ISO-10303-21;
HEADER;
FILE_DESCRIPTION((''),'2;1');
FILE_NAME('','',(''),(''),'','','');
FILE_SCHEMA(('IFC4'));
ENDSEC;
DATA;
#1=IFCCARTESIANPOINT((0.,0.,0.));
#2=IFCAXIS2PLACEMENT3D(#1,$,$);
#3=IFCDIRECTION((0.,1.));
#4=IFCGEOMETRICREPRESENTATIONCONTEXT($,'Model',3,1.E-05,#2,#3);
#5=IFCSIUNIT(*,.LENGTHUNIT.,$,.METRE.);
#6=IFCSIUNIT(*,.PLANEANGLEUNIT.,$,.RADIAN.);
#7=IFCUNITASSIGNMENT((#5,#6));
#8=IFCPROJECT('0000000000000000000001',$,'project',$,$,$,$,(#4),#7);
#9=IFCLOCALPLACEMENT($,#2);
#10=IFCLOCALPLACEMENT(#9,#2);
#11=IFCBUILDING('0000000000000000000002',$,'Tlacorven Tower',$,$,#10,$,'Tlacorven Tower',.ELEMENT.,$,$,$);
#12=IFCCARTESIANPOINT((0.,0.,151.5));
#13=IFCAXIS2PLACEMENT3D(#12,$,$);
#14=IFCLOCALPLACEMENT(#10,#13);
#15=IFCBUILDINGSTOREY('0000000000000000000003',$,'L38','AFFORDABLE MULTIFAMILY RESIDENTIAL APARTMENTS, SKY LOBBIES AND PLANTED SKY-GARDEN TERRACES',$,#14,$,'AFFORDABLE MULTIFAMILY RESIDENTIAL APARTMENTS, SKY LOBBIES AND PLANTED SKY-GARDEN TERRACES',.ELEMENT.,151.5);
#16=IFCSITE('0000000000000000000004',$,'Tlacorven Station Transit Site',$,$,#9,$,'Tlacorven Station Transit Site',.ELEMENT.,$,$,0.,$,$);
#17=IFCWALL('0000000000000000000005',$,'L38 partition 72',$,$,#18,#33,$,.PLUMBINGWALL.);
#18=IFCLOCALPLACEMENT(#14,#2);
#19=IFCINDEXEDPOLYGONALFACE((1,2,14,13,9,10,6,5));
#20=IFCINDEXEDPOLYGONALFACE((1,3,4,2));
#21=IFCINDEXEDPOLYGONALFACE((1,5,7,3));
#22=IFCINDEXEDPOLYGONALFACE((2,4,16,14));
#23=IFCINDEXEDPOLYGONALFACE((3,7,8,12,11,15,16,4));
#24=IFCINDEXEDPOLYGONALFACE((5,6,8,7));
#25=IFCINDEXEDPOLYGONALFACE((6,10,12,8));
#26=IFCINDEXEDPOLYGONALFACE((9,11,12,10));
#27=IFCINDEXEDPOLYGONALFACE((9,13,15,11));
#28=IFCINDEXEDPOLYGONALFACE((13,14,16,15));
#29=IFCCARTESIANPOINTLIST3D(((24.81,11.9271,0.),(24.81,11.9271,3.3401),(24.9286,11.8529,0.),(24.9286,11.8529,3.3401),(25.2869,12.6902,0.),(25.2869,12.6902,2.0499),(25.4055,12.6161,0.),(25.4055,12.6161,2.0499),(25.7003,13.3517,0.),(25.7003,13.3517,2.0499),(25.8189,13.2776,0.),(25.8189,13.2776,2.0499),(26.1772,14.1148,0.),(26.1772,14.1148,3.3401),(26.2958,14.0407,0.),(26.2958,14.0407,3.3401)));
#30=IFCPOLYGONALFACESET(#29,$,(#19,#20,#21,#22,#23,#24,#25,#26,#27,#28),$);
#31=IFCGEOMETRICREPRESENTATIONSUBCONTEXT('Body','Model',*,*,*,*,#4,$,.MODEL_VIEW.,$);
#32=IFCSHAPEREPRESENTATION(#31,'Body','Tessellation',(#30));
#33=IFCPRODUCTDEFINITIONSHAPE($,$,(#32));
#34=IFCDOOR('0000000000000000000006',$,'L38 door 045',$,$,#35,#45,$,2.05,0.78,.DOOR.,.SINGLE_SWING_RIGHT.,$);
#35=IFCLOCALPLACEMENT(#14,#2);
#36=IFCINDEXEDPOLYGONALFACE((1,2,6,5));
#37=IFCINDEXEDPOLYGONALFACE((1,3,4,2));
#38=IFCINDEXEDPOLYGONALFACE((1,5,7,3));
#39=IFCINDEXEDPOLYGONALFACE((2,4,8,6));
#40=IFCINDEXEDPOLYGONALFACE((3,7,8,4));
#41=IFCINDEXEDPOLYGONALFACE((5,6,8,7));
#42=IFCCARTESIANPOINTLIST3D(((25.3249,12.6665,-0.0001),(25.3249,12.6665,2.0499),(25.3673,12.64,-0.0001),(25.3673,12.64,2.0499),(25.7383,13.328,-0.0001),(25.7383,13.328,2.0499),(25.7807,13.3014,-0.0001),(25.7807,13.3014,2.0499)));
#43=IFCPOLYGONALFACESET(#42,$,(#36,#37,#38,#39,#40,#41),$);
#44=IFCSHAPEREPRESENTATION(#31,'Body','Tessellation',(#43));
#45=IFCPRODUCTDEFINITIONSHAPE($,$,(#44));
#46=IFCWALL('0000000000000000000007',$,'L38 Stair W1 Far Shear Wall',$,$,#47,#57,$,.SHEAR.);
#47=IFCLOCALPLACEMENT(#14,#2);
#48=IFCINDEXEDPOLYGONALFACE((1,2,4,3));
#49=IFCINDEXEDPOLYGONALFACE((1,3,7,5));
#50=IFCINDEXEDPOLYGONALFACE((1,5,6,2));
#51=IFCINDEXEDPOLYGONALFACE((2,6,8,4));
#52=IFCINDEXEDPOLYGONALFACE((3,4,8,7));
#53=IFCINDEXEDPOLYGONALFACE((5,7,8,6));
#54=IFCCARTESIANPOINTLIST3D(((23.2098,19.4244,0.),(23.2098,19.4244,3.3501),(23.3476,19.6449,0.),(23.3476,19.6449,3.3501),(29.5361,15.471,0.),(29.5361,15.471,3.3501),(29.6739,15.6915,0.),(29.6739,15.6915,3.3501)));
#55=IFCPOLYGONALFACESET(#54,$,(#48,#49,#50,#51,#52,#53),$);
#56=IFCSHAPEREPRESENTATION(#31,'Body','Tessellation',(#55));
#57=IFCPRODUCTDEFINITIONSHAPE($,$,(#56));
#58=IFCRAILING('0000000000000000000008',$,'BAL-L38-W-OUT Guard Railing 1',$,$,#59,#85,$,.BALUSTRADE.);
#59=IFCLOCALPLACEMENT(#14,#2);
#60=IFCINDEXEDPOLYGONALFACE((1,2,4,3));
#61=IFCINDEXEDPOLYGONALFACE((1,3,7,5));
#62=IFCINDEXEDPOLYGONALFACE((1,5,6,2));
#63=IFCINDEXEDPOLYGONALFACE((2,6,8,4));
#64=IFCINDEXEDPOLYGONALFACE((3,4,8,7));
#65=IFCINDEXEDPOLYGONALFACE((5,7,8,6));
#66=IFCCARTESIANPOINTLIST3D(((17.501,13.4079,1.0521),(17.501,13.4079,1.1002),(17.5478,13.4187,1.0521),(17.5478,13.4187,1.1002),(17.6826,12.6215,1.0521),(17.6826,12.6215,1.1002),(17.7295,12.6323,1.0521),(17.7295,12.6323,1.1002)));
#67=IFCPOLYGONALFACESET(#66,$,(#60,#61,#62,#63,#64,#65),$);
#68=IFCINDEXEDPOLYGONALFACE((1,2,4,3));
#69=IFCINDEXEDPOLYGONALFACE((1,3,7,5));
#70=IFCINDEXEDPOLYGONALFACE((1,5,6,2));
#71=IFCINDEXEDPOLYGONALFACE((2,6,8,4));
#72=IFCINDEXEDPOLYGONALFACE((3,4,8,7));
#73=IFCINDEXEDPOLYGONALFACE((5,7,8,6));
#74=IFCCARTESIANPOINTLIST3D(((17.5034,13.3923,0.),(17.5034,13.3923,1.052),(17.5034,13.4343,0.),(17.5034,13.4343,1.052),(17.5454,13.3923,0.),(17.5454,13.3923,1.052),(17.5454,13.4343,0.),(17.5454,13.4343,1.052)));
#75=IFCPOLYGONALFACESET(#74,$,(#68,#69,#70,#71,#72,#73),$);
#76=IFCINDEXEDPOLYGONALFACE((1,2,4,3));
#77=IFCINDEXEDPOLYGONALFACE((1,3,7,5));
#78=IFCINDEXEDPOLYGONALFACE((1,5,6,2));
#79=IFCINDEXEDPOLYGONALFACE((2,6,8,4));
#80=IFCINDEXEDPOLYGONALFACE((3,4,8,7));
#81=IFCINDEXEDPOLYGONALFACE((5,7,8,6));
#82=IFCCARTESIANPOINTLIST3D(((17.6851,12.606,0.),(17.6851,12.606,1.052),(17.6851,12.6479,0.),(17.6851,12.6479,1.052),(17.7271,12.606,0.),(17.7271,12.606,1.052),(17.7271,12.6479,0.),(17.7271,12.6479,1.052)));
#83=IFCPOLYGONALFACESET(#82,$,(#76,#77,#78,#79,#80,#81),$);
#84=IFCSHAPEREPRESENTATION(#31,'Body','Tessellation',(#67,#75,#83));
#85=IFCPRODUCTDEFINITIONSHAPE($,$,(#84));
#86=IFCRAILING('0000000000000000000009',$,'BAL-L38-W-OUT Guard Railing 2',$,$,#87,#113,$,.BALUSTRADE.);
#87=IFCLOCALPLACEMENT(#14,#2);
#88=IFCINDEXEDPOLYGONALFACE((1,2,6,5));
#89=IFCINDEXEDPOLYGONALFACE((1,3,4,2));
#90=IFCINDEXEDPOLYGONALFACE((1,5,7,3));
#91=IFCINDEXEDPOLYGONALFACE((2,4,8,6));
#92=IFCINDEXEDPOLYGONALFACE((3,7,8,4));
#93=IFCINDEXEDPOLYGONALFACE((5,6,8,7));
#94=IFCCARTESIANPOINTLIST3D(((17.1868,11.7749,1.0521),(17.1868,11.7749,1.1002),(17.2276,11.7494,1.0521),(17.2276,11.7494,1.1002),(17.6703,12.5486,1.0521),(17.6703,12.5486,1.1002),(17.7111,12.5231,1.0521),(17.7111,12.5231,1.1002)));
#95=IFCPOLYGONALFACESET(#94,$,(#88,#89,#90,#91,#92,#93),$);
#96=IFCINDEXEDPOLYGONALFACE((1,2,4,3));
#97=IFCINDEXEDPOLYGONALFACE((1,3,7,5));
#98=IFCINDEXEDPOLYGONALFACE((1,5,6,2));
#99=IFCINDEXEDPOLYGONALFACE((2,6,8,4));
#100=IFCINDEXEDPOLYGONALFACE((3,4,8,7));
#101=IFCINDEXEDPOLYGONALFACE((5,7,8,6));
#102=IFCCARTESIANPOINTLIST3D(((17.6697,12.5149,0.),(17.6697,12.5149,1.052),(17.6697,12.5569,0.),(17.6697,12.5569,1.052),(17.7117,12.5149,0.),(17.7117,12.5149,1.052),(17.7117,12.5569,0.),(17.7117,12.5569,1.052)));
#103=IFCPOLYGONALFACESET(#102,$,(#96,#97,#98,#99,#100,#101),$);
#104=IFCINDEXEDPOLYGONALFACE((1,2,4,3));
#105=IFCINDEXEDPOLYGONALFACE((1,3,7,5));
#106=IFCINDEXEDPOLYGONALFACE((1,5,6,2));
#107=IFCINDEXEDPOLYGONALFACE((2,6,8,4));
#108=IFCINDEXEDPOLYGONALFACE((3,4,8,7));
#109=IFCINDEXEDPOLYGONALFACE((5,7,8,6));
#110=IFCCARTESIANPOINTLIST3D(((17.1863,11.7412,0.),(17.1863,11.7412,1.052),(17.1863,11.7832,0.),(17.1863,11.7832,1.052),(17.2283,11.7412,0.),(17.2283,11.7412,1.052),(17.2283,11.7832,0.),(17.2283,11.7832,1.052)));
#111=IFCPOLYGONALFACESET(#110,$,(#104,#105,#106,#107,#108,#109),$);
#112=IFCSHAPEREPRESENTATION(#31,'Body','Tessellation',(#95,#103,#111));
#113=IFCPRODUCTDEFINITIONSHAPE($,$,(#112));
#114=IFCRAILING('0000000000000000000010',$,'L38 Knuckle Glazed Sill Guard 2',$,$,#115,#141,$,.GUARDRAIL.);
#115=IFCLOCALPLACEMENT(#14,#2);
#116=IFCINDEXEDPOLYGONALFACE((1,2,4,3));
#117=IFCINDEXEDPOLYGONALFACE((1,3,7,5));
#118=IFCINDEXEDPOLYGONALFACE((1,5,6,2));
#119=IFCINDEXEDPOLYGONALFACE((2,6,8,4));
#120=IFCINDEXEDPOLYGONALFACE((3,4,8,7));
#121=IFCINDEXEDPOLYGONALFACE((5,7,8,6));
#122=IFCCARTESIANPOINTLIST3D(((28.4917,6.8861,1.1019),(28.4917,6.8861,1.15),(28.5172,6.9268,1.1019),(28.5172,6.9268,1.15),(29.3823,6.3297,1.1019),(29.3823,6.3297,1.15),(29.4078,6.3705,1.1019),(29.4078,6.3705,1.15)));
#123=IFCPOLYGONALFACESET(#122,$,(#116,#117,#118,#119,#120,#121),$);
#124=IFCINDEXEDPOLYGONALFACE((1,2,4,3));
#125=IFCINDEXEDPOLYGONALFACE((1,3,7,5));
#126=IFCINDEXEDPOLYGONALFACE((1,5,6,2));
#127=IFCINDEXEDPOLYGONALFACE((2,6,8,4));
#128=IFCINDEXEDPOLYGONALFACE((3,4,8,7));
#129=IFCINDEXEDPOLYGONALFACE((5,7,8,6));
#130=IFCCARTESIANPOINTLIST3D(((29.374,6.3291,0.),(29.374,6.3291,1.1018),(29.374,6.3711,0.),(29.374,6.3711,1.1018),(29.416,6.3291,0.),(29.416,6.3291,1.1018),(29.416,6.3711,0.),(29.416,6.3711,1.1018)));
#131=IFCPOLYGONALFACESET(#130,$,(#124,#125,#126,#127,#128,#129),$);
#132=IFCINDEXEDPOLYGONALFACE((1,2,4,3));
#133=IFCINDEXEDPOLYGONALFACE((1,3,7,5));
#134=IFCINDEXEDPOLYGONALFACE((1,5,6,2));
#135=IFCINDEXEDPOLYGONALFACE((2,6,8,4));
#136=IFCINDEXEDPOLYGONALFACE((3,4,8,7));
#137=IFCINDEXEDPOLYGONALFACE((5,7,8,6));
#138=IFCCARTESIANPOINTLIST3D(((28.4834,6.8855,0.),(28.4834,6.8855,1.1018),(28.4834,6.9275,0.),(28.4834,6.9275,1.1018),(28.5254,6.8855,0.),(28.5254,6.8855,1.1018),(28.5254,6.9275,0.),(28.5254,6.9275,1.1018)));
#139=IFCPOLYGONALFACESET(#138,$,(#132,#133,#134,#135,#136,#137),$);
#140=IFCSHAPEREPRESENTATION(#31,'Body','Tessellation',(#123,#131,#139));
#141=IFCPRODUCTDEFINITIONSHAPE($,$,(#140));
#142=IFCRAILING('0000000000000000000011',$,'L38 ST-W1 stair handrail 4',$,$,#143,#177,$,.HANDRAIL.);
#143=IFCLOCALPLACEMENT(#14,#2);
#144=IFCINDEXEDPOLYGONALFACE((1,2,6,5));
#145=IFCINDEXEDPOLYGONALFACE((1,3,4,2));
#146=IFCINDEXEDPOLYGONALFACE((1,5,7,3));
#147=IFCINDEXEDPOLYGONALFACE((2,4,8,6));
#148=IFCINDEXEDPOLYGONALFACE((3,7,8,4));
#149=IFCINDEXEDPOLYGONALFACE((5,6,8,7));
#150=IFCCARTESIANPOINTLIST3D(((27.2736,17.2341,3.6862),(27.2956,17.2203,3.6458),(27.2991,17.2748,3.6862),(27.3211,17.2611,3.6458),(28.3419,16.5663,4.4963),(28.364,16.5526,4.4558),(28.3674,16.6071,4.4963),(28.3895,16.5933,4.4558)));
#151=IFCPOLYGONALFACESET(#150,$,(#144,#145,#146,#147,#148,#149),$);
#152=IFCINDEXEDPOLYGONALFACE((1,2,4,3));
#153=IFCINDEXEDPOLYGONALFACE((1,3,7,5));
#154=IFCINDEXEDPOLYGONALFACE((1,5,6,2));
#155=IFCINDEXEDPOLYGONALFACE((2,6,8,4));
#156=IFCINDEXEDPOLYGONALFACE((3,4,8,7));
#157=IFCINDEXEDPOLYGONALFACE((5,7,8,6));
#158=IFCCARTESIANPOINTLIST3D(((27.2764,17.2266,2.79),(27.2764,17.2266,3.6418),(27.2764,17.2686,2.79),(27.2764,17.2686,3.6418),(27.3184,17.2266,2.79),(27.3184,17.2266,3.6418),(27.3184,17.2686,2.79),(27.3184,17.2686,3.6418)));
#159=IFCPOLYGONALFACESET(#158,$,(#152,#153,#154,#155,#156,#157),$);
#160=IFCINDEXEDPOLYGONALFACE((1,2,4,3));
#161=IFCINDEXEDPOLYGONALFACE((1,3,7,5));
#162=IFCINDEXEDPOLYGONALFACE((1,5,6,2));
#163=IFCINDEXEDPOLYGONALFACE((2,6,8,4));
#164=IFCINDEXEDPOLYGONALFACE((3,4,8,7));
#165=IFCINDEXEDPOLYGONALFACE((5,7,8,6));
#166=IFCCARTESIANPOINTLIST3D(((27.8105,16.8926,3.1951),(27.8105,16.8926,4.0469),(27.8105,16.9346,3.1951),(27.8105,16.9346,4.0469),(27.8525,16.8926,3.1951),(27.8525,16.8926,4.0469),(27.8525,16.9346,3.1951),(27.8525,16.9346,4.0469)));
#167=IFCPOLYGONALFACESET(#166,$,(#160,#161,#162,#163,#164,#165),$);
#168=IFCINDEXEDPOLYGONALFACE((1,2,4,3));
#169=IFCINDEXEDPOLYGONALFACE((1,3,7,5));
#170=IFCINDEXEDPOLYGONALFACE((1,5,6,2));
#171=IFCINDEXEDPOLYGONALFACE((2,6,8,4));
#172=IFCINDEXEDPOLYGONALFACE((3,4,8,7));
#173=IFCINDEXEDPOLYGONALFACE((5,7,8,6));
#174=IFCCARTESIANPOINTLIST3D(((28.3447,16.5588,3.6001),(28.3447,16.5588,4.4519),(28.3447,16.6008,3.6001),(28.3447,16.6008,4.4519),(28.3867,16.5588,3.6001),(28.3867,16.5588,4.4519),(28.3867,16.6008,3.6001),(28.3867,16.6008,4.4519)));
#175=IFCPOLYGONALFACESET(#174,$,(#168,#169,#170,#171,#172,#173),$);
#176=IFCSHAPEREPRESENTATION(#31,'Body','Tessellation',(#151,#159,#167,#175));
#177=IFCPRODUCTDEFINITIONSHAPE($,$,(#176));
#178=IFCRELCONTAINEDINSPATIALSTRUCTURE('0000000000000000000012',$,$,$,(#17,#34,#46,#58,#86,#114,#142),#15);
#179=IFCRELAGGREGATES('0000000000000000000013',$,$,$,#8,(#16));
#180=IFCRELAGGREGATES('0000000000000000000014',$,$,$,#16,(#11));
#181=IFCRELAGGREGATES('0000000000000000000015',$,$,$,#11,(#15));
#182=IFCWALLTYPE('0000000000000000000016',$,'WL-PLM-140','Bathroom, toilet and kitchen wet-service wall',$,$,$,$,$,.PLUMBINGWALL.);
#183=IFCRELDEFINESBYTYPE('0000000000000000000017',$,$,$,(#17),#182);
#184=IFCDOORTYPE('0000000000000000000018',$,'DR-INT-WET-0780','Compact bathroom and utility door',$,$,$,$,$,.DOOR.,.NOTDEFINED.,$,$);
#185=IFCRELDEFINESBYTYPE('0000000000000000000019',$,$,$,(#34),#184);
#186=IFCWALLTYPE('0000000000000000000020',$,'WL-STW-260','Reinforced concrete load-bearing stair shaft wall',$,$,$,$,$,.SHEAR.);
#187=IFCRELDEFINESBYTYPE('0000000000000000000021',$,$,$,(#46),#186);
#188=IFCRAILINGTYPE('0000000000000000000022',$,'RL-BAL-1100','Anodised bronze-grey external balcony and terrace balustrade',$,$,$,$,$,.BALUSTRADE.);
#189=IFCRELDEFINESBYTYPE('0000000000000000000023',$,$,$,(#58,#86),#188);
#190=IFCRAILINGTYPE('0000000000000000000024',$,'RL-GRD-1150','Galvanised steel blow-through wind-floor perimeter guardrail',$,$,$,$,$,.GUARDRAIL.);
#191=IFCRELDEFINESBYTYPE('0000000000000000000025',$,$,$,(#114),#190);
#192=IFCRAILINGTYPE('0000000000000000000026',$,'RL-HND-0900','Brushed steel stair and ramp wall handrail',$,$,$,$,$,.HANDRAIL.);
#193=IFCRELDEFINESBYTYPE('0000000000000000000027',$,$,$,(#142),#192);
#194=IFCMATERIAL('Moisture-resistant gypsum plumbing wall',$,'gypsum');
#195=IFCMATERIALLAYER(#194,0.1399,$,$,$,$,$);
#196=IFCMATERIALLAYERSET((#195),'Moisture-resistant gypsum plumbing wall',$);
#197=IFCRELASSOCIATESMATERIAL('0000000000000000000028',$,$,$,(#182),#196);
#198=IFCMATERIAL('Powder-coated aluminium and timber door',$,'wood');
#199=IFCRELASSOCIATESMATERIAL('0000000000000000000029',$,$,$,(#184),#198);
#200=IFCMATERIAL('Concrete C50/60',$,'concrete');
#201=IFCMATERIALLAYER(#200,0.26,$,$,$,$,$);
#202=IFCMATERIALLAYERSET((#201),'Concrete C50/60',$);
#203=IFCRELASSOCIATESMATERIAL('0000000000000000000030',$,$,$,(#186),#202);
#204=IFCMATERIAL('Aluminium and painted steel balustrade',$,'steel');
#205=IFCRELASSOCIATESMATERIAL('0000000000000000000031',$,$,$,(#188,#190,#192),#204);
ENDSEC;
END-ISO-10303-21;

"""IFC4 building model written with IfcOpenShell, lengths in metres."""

from ifc_helpers import new_model, si_unit, direction, frame, frame_2d, origin, origin_2d, place, context, subcontext, project, spatial, rectangle, extrude, source, transform, mapped, material, layer, layer_set, type_object, element, fill, save


model = new_model("IFC4")

# Units and contexts
model_context = context("Model", 3, precision=1e-05, world=origin(), true_north=direction((0.0, 1.0)))
body_context = subcontext(model_context, "Body", "Model", "MODEL_VIEW")
ifc_project = project(units=[si_unit("LENGTHUNIT", "METRE"), si_unit("PLANEANGLEUNIT", "RADIAN")], contexts=[model_context])

# Site, building, storey
site_placement = place(None, origin())
site = spatial("IfcSite", under=ifc_project, at=site_placement, Name="Tlacorven Station Transit Site", LongName="Tlacorven Station Transit Site", CompositionType="ELEMENT", RefElevation=0.0)
building_placement = place(site_placement, origin())
building = spatial("IfcBuilding", under=site, at=building_placement, Name="Tlacorven Tower", LongName="Tlacorven Tower", CompositionType="ELEMENT")
storey_placement = place(building_placement, frame((0.0, 0.0, 151.5)))
storey = spatial("IfcBuildingStorey", under=building, at=storey_placement, Name="L38", Description="AFFORDABLE MULTIFAMILY RESIDENTIAL APARTMENTS, SKY LOBBIES AND PLANTED SKY-GARDEN TERRACES", LongName="AFFORDABLE MULTIFAMILY RESIDENTIAL APARTMENTS, SKY LOBBIES AND PLANTED SKY-GARDEN TERRACES", CompositionType="ELEMENT", Elevation=151.5)

# Shared definitions
ifc_material_1 = material(Name="Powder-coated aluminium and timber door", Category="wood")

# Wall, opening, door
ifc_material_2 = material(Name="Moisture-resistant gypsum plumbing wall", Category="gypsum")
ifc_layer_1 = layer(ifc_material_2, 0.1399)
ifc_layer_set_1 = layer_set([ifc_layer_1], Name="Moisture-resistant gypsum plumbing wall")
wall_type_1 = type_object("IfcWallType", Name="WL-PLM-140", Description="Bathroom, toilet and kitchen wet-service wall", PredefinedType="PLUMBINGWALL", material=ifc_layer_set_1)
wall_1_placement = place(storey_placement, frame((26.2366, 14.0779, 0.0), z_axis=(0.0, 0.0, 1.0), x_axis=(-0.529956, -0.848025, 0.0)))
wall_1 = element("IfcWall", 1, at=wall_1_placement, inside=storey, type_object=wall_type_1, Name="L38 partition 72", PredefinedType="PLUMBINGWALL", context=body_context, shape_type="SweptSolid", body=[
    extrude(rectangle(XDim=2.5798, YDim=0.1399, at=frame_2d((1.29, 0.0))), origin(), (0.0, 0.0, 1.0), 3.3401),
])
opening_1_placement = place(wall_1_placement, frame((0.8999, 0.0, 0.0)))
opening_1 = element("IfcOpeningElement", 2, at=opening_1_placement, cuts=wall_1, PredefinedType="OPENING", context=body_context, shape_type="SweptSolid", body=[
    extrude(rectangle(XDim=0.78, YDim=2.05, at=frame_2d((0.3901, 1.0249))), frame((0.0, 0.0801, 0.0), z_axis=(0.0, -1.0, 0.0), x_axis=(1.0, 0.0, 0.0)), (0.0, 0.0, 1.0), 0.1599),
])
door_type_1 = type_object("IfcDoorType", Name="DR-INT-WET-0780", Description="Compact bathroom and utility door", OperationType="NOTDEFINED", PredefinedType="DOOR", material=ifc_material_1)
shared_shape_1 = source(origin(), body_context, "Body", "SweptSolid", [
    extrude(rectangle(XDim=0.78, YDim=2.05, at=frame_2d((0.3901, 1.0249))), frame((0.0, 0.0249, 0.0), z_axis=(0.0, -1.0, 0.0), x_axis=(1.0, 0.0, 0.0)), (0.0, 0.0, 1.0), 0.05),
])
door_1_placement = place(opening_1_placement, origin())
door_1 = element("IfcDoor", 3, at=door_1_placement, inside=storey, type_object=door_type_1, Name="L38 door 045", OperationType="SINGLE_SWING_RIGHT", OverallHeight=2.05, OverallWidth=0.78, PredefinedType="DOOR", context=body_context, shape_type="MappedRepresentation", body=[
    mapped(shared_shape_1, transform((0.0, 0.0, 0.0), scale=1.0)),
])
fill(opening_1, door_1)

# Wall
ifc_material_3 = material(Name="Concrete C50/60", Category="concrete")
ifc_layer_2 = layer(ifc_material_3, 0.26)
ifc_layer_set_2 = layer_set([ifc_layer_2], Name="Concrete C50/60")
wall_type_2 = type_object("IfcWallType", Name="WL-STW-260", Description="Reinforced concrete load-bearing stair shaft wall", PredefinedType="SHEAR", material=ifc_layer_set_2)
wall_2_placement = place(storey_placement, frame((29.605, 15.5813, 0.0), z_axis=(0.0, 0.0, 1.0), x_axis=(-0.848037, 0.529937, 0.0)))
element("IfcWall", 4, at=wall_2_placement, inside=storey, type_object=wall_type_2, Name="L38 Stair W1 Far Shear Wall", PredefinedType="SHEAR", context=body_context, shape_type="SweptSolid", body=[
    extrude(rectangle(XDim=7.46, YDim=0.26, at=frame_2d((3.73, 0.0))), origin(), (0.0, 0.0, 1.0), 3.3501),
])

# Railings
ifc_material_4 = material(Name="Aluminium and painted steel balustrade", Category="steel")
railing_type_1 = type_object("IfcRailingType", Name="RL-BAL-1100", Description="Anodised bronze-grey external balcony and terrace balustrade", PredefinedType="BALUSTRADE", material=ifc_material_4)
shared_shape_2 = source(origin(), body_context, "Body", "SweptSolid", [
    extrude(rectangle(XDim=0.0481, YDim=0.0481, at=origin_2d()), frame((0.0, 0.0, 1.0762), z_axis=(0.225058, -0.974345, 0.0), x_axis=(0.974345, 0.225058, 0.0)), (0.0, 0.0, 1.0), 0.8071),
    extrude(rectangle(XDim=0.042, YDim=0.042, at=origin_2d()), origin(), (0.0, 0.0, 1.0), 1.052),
    extrude(rectangle(XDim=0.042, YDim=0.042, at=origin_2d()), frame((0.1816, -0.7864, 0.0)), (0.0, 0.0, 1.0), 1.052),
])
railing_1_placement = place(storey_placement, frame((17.5244, 13.4133, 0.0)))
element("IfcRailing", 5, at=railing_1_placement, inside=storey, type_object=railing_type_1, Name="BAL-L38-W-OUT Guard Railing 1", PredefinedType="BALUSTRADE", context=body_context, shape_type="MappedRepresentation", body=[
    mapped(shared_shape_2, transform((0.0, 0.0, 0.0), scale=1.0)),
])
shared_shape_3 = source(origin(), body_context, "Body", "SweptSolid", [
    extrude(rectangle(XDim=0.0481, YDim=0.0481, at=origin_2d()), frame((0.0, 0.0, 1.0762), z_axis=(-0.529879, -0.848073, 0.0), x_axis=(0.848073, -0.529879, 0.0)), (0.0, 0.0, 1.0), 0.9124),
    extrude(rectangle(XDim=0.042, YDim=0.042, at=origin_2d()), origin(), (0.0, 0.0, 1.0), 1.052),
    extrude(rectangle(XDim=0.042, YDim=0.042, at=origin_2d()), frame((-0.4834, -0.7737, 0.0)), (0.0, 0.0, 1.0), 1.052),
])
railing_2_placement = place(storey_placement, frame((17.6907, 12.5359, 0.0)))
element("IfcRailing", 6, at=railing_2_placement, inside=storey, type_object=railing_type_1, Name="BAL-L38-W-OUT Guard Railing 2", PredefinedType="BALUSTRADE", context=body_context, shape_type="MappedRepresentation", body=[
    mapped(shared_shape_3, transform((0.0, 0.0, 0.0), scale=1.0)),
])
railing_type_2 = type_object("IfcRailingType", Name="RL-GRD-1150", Description="Galvanised steel blow-through wind-floor perimeter guardrail", PredefinedType="GUARDRAIL", material=ifc_material_4)
shared_shape_4 = source(origin(), body_context, "Body", "SweptSolid", [
    extrude(rectangle(XDim=0.0481, YDim=0.0481, at=origin_2d()), frame((0.0, 0.0, 1.126), z_axis=(-0.848103, 0.529832, 0.0), x_axis=(-0.529832, -0.848103, 0.0)), (0.0, 0.0, 1.0), 1.05),
    extrude(rectangle(XDim=0.042, YDim=0.042, at=origin_2d()), origin(), (0.0, 0.0, 1.0), 1.1018),
    extrude(rectangle(XDim=0.042, YDim=0.042, at=origin_2d()), frame((-0.8906, 0.5564, 0.0)), (0.0, 0.0, 1.0), 1.1018),
])
railing_3_placement = place(storey_placement, frame((29.395, 6.3501, 0.0)))
element("IfcRailing", 7, at=railing_3_placement, inside=storey, type_object=railing_type_2, Name="L38 Knuckle Glazed Sill Guard 2", PredefinedType="GUARDRAIL", context=body_context, shape_type="MappedRepresentation", body=[
    mapped(shared_shape_4, transform((0.0, 0.0, 0.0), scale=1.0)),
])
railing_type_3 = type_object("IfcRailingType", Name="RL-HND-0900", Description="Brushed steel stair and ramp wall handrail", PredefinedType="HANDRAIL", material=ifc_material_4)
shared_shape_5 = source(origin(), body_context, "Body", "SweptSolid", [
    extrude(rectangle(XDim=0.0481, YDim=0.0481, at=origin_2d()), frame((0.0, 0.0, 0.876), z_axis=(0.71328, -0.4458, 0.540828), x_axis=(0.529999, 0.847998, 0.0)), (0.0, 0.0, 1.0), 1.4978),
    extrude(rectangle(XDim=0.042, YDim=0.042, at=origin_2d()), origin(), (0.0, 0.0, 1.0), 0.8518),
    extrude(rectangle(XDim=0.042, YDim=0.042, at=origin_2d()), frame((0.5342, -0.334, 0.405)), (0.0, 0.0, 1.0), 0.8518),
    extrude(rectangle(XDim=0.042, YDim=0.042, at=origin_2d()), frame((1.0684, -0.6677, 0.8101)), (0.0, 0.0, 1.0), 0.8518),
])
railing_4_placement = place(storey_placement, frame((27.2974, 17.2476, 2.79)))
element("IfcRailing", 8, at=railing_4_placement, inside=storey, type_object=railing_type_3, Name="L38 ST-W1 stair handrail 4", PredefinedType="HANDRAIL", context=body_context, shape_type="MappedRepresentation", body=[
    mapped(shared_shape_5, transform((0.0, 0.0, 0.0), scale=1.0)),
])

save(model, "model.ifc")
